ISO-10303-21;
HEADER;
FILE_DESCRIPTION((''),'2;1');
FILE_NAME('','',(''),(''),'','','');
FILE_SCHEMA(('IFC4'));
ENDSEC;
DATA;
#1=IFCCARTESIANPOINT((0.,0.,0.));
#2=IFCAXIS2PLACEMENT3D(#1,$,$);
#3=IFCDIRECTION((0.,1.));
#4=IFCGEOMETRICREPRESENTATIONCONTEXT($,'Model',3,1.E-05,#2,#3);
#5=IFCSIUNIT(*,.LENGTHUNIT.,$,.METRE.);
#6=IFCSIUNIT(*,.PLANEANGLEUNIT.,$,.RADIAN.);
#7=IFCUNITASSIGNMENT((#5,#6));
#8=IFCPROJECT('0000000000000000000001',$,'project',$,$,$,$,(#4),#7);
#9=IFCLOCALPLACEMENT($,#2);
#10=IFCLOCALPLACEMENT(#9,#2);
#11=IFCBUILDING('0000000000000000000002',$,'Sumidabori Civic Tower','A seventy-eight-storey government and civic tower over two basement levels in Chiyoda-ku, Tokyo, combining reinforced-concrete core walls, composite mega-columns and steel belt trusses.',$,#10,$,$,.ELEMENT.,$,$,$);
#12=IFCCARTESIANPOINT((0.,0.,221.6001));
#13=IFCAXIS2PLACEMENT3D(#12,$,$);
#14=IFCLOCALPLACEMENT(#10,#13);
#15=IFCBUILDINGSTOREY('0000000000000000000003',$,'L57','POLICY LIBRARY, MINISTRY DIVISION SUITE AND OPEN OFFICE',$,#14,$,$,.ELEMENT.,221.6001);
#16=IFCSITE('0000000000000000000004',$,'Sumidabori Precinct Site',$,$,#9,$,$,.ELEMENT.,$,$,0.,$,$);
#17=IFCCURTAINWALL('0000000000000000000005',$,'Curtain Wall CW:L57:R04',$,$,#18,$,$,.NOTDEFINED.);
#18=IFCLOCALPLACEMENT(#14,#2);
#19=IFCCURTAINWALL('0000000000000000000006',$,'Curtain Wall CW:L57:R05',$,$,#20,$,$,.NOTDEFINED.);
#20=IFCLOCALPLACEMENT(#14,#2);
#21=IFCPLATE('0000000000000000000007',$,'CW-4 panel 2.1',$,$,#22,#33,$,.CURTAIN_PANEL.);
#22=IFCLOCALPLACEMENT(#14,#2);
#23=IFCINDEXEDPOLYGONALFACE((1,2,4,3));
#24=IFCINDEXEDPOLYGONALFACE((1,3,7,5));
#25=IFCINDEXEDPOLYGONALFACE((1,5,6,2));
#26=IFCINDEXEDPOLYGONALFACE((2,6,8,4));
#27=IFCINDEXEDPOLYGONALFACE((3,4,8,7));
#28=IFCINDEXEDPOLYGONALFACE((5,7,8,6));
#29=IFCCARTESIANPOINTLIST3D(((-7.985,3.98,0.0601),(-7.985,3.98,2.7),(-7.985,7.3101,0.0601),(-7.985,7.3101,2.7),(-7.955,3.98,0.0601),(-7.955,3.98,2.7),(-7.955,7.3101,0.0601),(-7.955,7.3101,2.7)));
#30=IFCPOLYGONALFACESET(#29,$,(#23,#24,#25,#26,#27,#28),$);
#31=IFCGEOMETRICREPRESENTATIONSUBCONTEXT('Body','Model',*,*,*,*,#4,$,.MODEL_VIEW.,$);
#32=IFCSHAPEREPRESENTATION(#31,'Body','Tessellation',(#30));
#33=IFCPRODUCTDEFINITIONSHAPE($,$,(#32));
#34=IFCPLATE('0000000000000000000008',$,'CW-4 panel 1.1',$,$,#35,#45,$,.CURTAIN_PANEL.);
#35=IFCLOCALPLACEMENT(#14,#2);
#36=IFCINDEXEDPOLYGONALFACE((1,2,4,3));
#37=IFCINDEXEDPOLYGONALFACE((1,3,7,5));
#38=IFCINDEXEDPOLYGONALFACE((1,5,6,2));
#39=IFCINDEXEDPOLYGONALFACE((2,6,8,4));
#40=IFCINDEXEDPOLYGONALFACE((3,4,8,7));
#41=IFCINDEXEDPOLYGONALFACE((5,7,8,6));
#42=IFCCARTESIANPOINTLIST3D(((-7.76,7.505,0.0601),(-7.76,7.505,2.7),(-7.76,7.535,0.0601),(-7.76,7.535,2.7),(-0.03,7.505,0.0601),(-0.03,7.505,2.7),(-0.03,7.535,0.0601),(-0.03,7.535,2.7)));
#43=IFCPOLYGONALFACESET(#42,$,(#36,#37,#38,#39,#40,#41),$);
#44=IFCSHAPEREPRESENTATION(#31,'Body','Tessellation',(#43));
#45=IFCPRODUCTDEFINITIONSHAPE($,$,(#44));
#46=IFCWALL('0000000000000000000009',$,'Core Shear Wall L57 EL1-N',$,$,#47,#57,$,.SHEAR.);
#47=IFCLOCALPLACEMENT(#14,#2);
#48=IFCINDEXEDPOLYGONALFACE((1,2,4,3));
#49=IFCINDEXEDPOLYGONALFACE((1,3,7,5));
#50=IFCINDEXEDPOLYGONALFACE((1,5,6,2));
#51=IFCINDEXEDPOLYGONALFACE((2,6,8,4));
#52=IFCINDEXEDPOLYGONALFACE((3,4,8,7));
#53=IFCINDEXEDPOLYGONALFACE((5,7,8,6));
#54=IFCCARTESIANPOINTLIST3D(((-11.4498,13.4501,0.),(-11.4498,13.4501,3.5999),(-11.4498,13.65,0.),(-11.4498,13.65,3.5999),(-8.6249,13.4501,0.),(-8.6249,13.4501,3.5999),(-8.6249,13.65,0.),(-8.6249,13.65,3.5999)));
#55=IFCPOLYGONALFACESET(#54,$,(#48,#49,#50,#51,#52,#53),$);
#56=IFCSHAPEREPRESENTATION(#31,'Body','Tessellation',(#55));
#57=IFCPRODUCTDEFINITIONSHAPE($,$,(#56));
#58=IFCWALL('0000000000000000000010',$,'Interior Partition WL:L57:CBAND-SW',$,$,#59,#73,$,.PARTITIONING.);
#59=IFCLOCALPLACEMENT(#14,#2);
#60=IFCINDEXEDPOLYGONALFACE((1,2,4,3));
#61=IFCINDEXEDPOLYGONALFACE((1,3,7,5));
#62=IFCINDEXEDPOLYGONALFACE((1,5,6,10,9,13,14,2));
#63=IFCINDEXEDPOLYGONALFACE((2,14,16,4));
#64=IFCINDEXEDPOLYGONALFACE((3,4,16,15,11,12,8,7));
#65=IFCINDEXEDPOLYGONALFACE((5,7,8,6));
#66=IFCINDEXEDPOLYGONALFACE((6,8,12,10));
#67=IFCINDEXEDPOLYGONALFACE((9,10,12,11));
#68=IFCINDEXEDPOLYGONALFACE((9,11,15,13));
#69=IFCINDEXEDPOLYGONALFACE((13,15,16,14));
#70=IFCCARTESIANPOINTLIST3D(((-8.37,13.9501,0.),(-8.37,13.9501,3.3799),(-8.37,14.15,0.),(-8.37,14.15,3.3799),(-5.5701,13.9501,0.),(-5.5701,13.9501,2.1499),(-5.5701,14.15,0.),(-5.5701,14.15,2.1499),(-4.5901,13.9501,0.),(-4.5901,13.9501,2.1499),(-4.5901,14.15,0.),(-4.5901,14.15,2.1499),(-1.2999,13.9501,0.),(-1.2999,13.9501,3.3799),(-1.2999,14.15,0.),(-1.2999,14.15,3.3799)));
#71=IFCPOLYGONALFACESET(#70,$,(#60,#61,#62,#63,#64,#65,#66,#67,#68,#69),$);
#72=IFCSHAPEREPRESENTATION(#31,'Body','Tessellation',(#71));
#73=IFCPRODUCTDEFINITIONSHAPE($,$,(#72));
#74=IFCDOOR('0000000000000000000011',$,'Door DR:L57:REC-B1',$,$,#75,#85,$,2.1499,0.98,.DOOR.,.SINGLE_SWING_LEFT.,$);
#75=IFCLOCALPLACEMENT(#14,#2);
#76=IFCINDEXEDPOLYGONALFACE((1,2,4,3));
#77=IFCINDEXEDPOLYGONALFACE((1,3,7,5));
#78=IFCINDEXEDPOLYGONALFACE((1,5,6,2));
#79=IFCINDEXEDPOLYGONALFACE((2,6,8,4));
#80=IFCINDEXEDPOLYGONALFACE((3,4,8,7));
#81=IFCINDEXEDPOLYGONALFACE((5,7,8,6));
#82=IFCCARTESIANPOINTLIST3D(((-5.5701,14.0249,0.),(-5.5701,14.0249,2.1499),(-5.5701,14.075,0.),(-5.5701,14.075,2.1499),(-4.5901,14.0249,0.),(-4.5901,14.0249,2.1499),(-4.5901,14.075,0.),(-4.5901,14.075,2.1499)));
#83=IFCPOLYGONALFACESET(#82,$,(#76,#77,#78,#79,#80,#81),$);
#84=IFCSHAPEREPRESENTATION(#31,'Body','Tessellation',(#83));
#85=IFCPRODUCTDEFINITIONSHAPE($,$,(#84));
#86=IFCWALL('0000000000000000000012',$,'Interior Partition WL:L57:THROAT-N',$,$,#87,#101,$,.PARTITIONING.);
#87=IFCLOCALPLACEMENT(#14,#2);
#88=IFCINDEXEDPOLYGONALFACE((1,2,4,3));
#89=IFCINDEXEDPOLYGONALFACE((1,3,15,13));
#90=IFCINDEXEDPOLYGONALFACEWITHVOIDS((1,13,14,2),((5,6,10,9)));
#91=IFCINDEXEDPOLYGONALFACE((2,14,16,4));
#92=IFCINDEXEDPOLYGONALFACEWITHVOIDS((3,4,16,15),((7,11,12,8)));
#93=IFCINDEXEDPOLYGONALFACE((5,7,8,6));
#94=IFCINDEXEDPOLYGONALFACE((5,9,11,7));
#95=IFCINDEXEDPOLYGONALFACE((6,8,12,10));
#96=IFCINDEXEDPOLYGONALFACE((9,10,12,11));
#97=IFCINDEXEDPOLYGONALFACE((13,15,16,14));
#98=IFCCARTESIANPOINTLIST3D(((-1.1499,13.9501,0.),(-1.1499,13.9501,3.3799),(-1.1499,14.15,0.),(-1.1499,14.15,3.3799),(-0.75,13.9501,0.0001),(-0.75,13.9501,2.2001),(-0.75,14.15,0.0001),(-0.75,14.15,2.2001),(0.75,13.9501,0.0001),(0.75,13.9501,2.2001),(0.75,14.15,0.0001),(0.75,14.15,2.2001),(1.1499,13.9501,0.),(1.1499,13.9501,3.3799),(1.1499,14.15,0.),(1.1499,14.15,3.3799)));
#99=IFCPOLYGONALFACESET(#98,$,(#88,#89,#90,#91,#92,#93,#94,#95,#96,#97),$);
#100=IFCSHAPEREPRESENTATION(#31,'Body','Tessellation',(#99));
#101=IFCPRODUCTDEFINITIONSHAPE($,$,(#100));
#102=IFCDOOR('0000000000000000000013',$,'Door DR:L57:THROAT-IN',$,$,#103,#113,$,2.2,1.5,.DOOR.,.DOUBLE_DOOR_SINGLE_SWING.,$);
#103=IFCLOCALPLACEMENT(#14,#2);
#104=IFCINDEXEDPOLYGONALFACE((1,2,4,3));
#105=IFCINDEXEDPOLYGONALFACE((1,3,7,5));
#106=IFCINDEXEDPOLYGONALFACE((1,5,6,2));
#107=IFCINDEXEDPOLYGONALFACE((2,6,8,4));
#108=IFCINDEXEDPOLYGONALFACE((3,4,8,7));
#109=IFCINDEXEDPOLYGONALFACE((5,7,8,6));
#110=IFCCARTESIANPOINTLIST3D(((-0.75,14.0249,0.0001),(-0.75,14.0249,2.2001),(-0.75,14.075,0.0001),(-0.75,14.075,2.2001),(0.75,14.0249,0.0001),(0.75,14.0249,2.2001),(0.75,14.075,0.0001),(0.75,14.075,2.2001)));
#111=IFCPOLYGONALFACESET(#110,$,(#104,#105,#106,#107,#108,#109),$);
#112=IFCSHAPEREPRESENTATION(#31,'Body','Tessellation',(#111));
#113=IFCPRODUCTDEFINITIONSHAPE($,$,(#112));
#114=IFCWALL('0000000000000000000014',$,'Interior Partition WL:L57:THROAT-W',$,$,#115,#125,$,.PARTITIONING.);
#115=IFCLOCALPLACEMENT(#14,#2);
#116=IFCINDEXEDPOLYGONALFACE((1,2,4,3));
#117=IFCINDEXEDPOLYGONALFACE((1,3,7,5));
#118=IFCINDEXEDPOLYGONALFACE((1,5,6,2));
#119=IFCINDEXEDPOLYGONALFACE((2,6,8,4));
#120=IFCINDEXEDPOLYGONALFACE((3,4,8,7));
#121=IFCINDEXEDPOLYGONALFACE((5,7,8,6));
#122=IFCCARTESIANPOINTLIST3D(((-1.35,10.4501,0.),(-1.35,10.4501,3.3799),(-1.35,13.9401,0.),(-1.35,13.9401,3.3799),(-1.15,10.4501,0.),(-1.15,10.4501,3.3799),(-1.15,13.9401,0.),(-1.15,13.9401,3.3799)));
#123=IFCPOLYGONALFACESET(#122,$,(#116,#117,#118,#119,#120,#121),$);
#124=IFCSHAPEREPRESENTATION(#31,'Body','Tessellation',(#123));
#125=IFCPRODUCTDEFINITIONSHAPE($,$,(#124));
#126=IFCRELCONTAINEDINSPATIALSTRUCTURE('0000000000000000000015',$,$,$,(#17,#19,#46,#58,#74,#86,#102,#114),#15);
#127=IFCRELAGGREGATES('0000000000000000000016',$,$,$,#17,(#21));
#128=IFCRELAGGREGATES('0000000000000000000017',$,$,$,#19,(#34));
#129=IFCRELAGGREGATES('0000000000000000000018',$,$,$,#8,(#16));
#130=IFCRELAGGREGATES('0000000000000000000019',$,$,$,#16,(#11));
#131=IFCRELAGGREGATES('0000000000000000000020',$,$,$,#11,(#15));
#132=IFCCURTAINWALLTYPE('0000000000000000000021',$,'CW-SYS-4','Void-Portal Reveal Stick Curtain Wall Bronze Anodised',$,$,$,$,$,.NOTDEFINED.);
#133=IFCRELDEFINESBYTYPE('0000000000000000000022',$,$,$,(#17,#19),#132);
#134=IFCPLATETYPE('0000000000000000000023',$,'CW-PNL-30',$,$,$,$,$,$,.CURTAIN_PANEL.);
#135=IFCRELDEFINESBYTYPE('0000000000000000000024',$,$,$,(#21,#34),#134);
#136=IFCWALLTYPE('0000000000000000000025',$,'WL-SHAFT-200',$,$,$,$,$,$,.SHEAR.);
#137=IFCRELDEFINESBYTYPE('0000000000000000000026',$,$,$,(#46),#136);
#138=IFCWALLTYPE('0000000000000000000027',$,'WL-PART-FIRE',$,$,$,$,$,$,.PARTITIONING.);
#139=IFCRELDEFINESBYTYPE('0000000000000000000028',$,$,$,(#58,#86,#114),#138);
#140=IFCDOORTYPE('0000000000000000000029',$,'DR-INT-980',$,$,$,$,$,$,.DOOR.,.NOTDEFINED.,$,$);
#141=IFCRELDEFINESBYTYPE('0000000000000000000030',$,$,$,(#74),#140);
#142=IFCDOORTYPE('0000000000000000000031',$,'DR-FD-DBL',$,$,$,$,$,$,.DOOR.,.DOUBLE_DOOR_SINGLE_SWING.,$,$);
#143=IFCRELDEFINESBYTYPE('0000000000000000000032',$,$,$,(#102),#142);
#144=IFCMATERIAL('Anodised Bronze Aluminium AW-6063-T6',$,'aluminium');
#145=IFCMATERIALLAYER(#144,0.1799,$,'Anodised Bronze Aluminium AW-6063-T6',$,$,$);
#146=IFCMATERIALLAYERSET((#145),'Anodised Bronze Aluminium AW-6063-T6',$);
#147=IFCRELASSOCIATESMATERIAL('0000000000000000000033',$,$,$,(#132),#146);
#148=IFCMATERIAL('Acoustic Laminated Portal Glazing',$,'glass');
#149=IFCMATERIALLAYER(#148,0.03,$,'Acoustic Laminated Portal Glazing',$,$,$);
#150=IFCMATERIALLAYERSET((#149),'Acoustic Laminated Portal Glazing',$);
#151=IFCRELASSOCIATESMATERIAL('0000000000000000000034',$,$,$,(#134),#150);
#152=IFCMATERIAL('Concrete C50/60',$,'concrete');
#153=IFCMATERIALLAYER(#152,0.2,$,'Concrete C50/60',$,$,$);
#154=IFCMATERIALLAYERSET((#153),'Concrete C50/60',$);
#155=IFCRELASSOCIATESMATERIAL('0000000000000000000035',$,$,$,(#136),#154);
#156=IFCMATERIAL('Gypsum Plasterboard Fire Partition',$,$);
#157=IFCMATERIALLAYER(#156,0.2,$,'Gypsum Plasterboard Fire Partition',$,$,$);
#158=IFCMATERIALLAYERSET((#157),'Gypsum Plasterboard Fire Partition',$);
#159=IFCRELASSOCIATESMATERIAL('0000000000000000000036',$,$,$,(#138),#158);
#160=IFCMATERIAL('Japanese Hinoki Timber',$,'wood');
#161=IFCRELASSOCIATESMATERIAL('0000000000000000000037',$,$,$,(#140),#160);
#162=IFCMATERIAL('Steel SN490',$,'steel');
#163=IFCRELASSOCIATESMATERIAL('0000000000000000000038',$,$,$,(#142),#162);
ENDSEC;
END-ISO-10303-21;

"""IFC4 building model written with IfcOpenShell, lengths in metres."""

from ifc_helpers import new_model, si_unit, direction, frame, frame_2d, origin, origin_2d, place, context, subcontext, project, spatial, rectangle, extrude, source, transform, mapped, material, layer, layer_set, type_object, element, fill, aggregate, save


model = new_model("IFC4")

# Units and contexts
model_context = context("Model", 3, precision=1e-05, world=origin(), true_north=direction((0.0, 1.0)))
body_context = subcontext(model_context, "Body", "Model", "MODEL_VIEW")
ifc_project = project(units=[si_unit("LENGTHUNIT", "METRE"), si_unit("PLANEANGLEUNIT", "RADIAN")], contexts=[model_context])

# Site, building, storey
site_placement = place(None, origin())
site = spatial("IfcSite", under=ifc_project, at=site_placement, Name="Sumidabori Precinct Site", CompositionType="ELEMENT", RefElevation=0.0)
building_placement = place(site_placement, origin())
building = spatial("IfcBuilding", under=site, at=building_placement, Name="Sumidabori Civic Tower", Description="A seventy-eight-storey government and civic tower over two basement levels in Chiyoda-ku, Tokyo, combining reinforced-concrete core walls, composite mega-columns and steel belt trusses.", CompositionType="ELEMENT")
storey_placement = place(building_placement, frame((0.0, 0.0, 221.6001)))
storey = spatial("IfcBuildingStorey", under=building, at=storey_placement, Name="L57", Description="POLICY LIBRARY, MINISTRY DIVISION SUITE AND OPEN OFFICE", CompositionType="ELEMENT", Elevation=221.6001)

# Curtain walls
ifc_material_1 = material(Name="Anodised Bronze Aluminium AW-6063-T6", Category="aluminium")
ifc_layer_1 = layer(ifc_material_1, 0.1799, Name="Anodised Bronze Aluminium AW-6063-T6")
ifc_layer_set_1 = layer_set([ifc_layer_1], Name="Anodised Bronze Aluminium AW-6063-T6")
curtain_wall_type = type_object("IfcCurtainWallType", Name="CW-SYS-4", Description="Void-Portal Reveal Stick Curtain Wall Bronze Anodised", PredefinedType="NOTDEFINED", material=ifc_layer_set_1)
curtain_wall_1_placement = place(storey_placement, origin())
curtain_wall_1 = element("IfcCurtainWall", 1, at=curtain_wall_1_placement, inside=storey, type_object=curtain_wall_type, Name="Curtain Wall CW:L57:R04", PredefinedType="NOTDEFINED")
curtain_wall_2_placement = place(storey_placement, origin())
curtain_wall_2 = element("IfcCurtainWall", 2, at=curtain_wall_2_placement, inside=storey, type_object=curtain_wall_type, Name="Curtain Wall CW:L57:R05", PredefinedType="NOTDEFINED")

# Plates
ifc_material_2 = material(Name="Acoustic Laminated Portal Glazing", Category="glass")
ifc_layer_2 = layer(ifc_material_2, 0.03, Name="Acoustic Laminated Portal Glazing")
ifc_layer_set_2 = layer_set([ifc_layer_2], Name="Acoustic Laminated Portal Glazing")
plate_type = type_object("IfcPlateType", Name="CW-PNL-30", PredefinedType="CURTAIN_PANEL", material=ifc_layer_set_2)
shared_shape_1 = source(origin(), body_context, "Body", "SweptSolid", [
    extrude(rectangle(XDim=3.3301, YDim=0.03, at=origin_2d()), origin(), (0.0, 0.0, 1.0), 2.6399),
])
plate_1_placement = place(storey_placement, frame((-7.97, 5.645, 0.0601), z_axis=(0.0, 0.0, 1.0), x_axis=(0.0, 1.0, 0.0)))
plate_1 = element("IfcPlate", 3, at=plate_1_placement, type_object=plate_type, Name="CW-4 panel 2.1", PredefinedType="CURTAIN_PANEL", context=body_context, shape_type="MappedRepresentation", body=[
    mapped(shared_shape_1, transform((0.0, 0.0, 0.0), x_axis=(1.0, 0.0, 0.0), y_axis=(0.0, 1.0, 0.0), z_axis=(0.0, 0.0, 1.0), scale=1.0)),
])
aggregate(curtain_wall_1, [plate_1])
shared_shape_2 = source(origin(), body_context, "Body", "SweptSolid", [
    extrude(rectangle(XDim=7.73, YDim=0.03, at=origin_2d()), origin(), (0.0, 0.0, 1.0), 2.6399),
])
plate_2_placement = place(storey_placement, frame((-3.895, 7.52, 0.0601), z_axis=(0.0, 0.0, 1.0), x_axis=(1.0, 0.0, 0.0)))
plate_2 = element("IfcPlate", 4, at=plate_2_placement, type_object=plate_type, Name="CW-4 panel 1.1", PredefinedType="CURTAIN_PANEL", context=body_context, shape_type="MappedRepresentation", body=[
    mapped(shared_shape_2, transform((0.0, 0.0, 0.0), x_axis=(1.0, 0.0, 0.0), y_axis=(0.0, 1.0, 0.0), z_axis=(0.0, 0.0, 1.0), scale=1.0)),
])
aggregate(curtain_wall_2, [plate_2])

# Wall
ifc_material_3 = material(Name="Concrete C50/60", Category="concrete")
ifc_layer_3 = layer(ifc_material_3, 0.2, Name="Concrete C50/60")
ifc_layer_set_3 = layer_set([ifc_layer_3], Name="Concrete C50/60")
wall_type_1 = type_object("IfcWallType", Name="WL-SHAFT-200", PredefinedType="SHEAR", material=ifc_layer_set_3)
shared_shape_3 = source(origin(), body_context, "Body", "SweptSolid", [
    extrude(rectangle(XDim=2.825, YDim=0.2, at=frame_2d((1.4126, 0.0))), origin(), (0.0, 0.0, 1.0), 3.5999),
])
wall_1_placement = place(storey_placement, frame((-11.45, 13.55, 0.0), z_axis=(0.0, 0.0, 1.0), x_axis=(1.0, 0.0, 0.0)))
element("IfcWall", 5, at=wall_1_placement, inside=storey, type_object=wall_type_1, Name="Core Shear Wall L57 EL1-N", PredefinedType="SHEAR", context=body_context, shape_type="MappedRepresentation", body=[
    mapped(shared_shape_3, transform((0.0, 0.0, 0.0), x_axis=(1.0, 0.0, 0.0), y_axis=(0.0, 1.0, 0.0), z_axis=(0.0, 0.0, 1.0), scale=1.0)),
])

# Walls, openings, doors
ifc_material_4 = material(Name="Gypsum Plasterboard Fire Partition")
ifc_layer_4 = layer(ifc_material_4, 0.2, Name="Gypsum Plasterboard Fire Partition")
ifc_layer_set_4 = layer_set([ifc_layer_4], Name="Gypsum Plasterboard Fire Partition")
wall_type_2 = type_object("IfcWallType", Name="WL-PART-FIRE", PredefinedType="PARTITIONING", material=ifc_layer_set_4)
shared_shape_4 = source(origin(), body_context, "Body", "SweptSolid", [
    extrude(rectangle(XDim=7.0701, YDim=0.2, at=frame_2d((3.5352, 0.0))), origin(), (0.0, 0.0, 1.0), 3.3799),
])
wall_2_placement = place(storey_placement, frame((-8.3701, 14.05, 0.0), z_axis=(0.0, 0.0, 1.0), x_axis=(1.0, 0.0, 0.0)))
wall_2 = element("IfcWall", 6, at=wall_2_placement, inside=storey, type_object=wall_type_2, Name="Interior Partition WL:L57:CBAND-SW", PredefinedType="PARTITIONING", context=body_context, shape_type="MappedRepresentation", body=[
    mapped(shared_shape_4, transform((0.0, 0.0, 0.0), x_axis=(1.0, 0.0, 0.0), y_axis=(0.0, 1.0, 0.0), z_axis=(0.0, 0.0, 1.0), scale=1.0)),
])
opening_1_placement = place(wall_2_placement, frame((2.8, 0.0, 0.0)))
opening_1 = element("IfcOpeningElement", 7, at=opening_1_placement, cuts=wall_2, PredefinedType="OPENING", context=body_context, shape_type="SweptSolid", body=[
    extrude(rectangle(XDim=0.98, YDim=2.1499, at=frame_2d((0.49, 1.075))), frame((0.0, 0.1118, 0.0), z_axis=(0.0, -1.0, 0.0), x_axis=(1.0, 0.0, 0.0)), (0.0, 0.0, 1.0), 0.2239),
])
ifc_material_5 = material(Name="Japanese Hinoki Timber", Category="wood")
door_type_1 = type_object("IfcDoorType", Name="DR-INT-980", OperationType="NOTDEFINED", PredefinedType="DOOR", material=ifc_material_5)
shared_shape_5 = source(origin(), body_context, "Body", "SweptSolid", [
    extrude(rectangle(XDim=0.98, YDim=2.1499, at=frame_2d((0.49, 1.075))), frame((0.0, 0.0249, 0.0), z_axis=(0.0, -1.0, 0.0), x_axis=(1.0, 0.0, 0.0)), (0.0, 0.0, 1.0), 0.05),
])
door_1_placement = place(opening_1_placement, origin())
door_1 = element("IfcDoor", 8, at=door_1_placement, inside=storey, type_object=door_type_1, Name="Door DR:L57:REC-B1", OperationType="SINGLE_SWING_LEFT", OverallHeight=2.1499, OverallWidth=0.98, PredefinedType="DOOR", context=body_context, shape_type="MappedRepresentation", body=[
    mapped(shared_shape_5, transform((0.0, 0.0, 0.0), x_axis=(1.0, 0.0, 0.0), y_axis=(0.0, 1.0, 0.0), z_axis=(0.0, 0.0, 1.0), scale=1.0)),
])
fill(opening_1, door_1)
shared_shape_6 = source(origin(), body_context, "Body", "SweptSolid", [
    extrude(rectangle(XDim=2.2998, YDim=0.2, at=frame_2d((1.1499, 0.0))), origin(), (0.0, 0.0, 1.0), 3.3799),
])
wall_3_placement = place(storey_placement, frame((-1.1499, 14.05, 0.0), z_axis=(0.0, 0.0, 1.0), x_axis=(1.0, 0.0, 0.0)))
wall_3 = element("IfcWall", 9, at=wall_3_placement, inside=storey, type_object=wall_type_2, Name="Interior Partition WL:L57:THROAT-N", PredefinedType="PARTITIONING", context=body_context, shape_type="MappedRepresentation", body=[
    mapped(shared_shape_6, transform((0.0, 0.0, 0.0), x_axis=(1.0, 0.0, 0.0), y_axis=(0.0, 1.0, 0.0), z_axis=(0.0, 0.0, 1.0), scale=1.0)),
])
opening_2_placement = place(wall_3_placement, frame((0.3999, 0.0, 0.0)))
opening_2 = element("IfcOpeningElement", 10, at=opening_2_placement, cuts=wall_3, PredefinedType="OPENING", context=body_context, shape_type="SweptSolid", body=[
    extrude(rectangle(XDim=1.5, YDim=2.2, at=frame_2d((0.75, 1.1001))), frame((0.0, 0.1118, 0.0), z_axis=(0.0, -1.0, 0.0), x_axis=(1.0, 0.0, 0.0)), (0.0, 0.0, 1.0), 0.2239),
])
ifc_material_6 = material(Name="Steel SN490", Category="steel")
door_type_2 = type_object("IfcDoorType", Name="DR-FD-DBL", OperationType="DOUBLE_DOOR_SINGLE_SWING", PredefinedType="DOOR", material=ifc_material_6)
shared_shape_7 = source(origin(), body_context, "Body", "SweptSolid", [
    extrude(rectangle(XDim=1.5, YDim=2.2, at=frame_2d((0.75, 1.1001))), frame((0.0, 0.0249, 0.0), z_axis=(0.0, -1.0, 0.0), x_axis=(1.0, 0.0, 0.0)), (0.0, 0.0, 1.0), 0.05),
])
door_2_placement = place(opening_2_placement, origin())
door_2 = element("IfcDoor", 11, at=door_2_placement, inside=storey, type_object=door_type_2, Name="Door DR:L57:THROAT-IN", OperationType="DOUBLE_DOOR_SINGLE_SWING", OverallHeight=2.2, OverallWidth=1.5, PredefinedType="DOOR", context=body_context, shape_type="MappedRepresentation", body=[
    mapped(shared_shape_7, transform((0.0, 0.0, 0.0), x_axis=(1.0, 0.0, 0.0), y_axis=(0.0, 1.0, 0.0), z_axis=(0.0, 0.0, 1.0), scale=1.0)),
])
fill(opening_2, door_2)

# Wall
shared_shape_8 = source(origin(), body_context, "Body", "SweptSolid", [
    extrude(rectangle(XDim=3.49, YDim=0.2, at=frame_2d((1.7451, 0.0))), origin(), (0.0, 0.0, 1.0), 3.3799),
])
wall_4_placement = place(storey_placement, frame((-1.25, 10.45, 0.0), z_axis=(0.0, 0.0, 1.0), x_axis=(0.0, 1.0, 0.0)))
element("IfcWall", 12, at=wall_4_placement, inside=storey, type_object=wall_type_2, Name="Interior Partition WL:L57:THROAT-W", PredefinedType="PARTITIONING", context=body_context, shape_type="MappedRepresentation", body=[
    mapped(shared_shape_8, transform((0.0, 0.0, 0.0), x_axis=(1.0, 0.0, 0.0), y_axis=(0.0, 1.0, 0.0), z_axis=(0.0, 0.0, 1.0), scale=1.0)),
])

save(model, "model.ifc")
